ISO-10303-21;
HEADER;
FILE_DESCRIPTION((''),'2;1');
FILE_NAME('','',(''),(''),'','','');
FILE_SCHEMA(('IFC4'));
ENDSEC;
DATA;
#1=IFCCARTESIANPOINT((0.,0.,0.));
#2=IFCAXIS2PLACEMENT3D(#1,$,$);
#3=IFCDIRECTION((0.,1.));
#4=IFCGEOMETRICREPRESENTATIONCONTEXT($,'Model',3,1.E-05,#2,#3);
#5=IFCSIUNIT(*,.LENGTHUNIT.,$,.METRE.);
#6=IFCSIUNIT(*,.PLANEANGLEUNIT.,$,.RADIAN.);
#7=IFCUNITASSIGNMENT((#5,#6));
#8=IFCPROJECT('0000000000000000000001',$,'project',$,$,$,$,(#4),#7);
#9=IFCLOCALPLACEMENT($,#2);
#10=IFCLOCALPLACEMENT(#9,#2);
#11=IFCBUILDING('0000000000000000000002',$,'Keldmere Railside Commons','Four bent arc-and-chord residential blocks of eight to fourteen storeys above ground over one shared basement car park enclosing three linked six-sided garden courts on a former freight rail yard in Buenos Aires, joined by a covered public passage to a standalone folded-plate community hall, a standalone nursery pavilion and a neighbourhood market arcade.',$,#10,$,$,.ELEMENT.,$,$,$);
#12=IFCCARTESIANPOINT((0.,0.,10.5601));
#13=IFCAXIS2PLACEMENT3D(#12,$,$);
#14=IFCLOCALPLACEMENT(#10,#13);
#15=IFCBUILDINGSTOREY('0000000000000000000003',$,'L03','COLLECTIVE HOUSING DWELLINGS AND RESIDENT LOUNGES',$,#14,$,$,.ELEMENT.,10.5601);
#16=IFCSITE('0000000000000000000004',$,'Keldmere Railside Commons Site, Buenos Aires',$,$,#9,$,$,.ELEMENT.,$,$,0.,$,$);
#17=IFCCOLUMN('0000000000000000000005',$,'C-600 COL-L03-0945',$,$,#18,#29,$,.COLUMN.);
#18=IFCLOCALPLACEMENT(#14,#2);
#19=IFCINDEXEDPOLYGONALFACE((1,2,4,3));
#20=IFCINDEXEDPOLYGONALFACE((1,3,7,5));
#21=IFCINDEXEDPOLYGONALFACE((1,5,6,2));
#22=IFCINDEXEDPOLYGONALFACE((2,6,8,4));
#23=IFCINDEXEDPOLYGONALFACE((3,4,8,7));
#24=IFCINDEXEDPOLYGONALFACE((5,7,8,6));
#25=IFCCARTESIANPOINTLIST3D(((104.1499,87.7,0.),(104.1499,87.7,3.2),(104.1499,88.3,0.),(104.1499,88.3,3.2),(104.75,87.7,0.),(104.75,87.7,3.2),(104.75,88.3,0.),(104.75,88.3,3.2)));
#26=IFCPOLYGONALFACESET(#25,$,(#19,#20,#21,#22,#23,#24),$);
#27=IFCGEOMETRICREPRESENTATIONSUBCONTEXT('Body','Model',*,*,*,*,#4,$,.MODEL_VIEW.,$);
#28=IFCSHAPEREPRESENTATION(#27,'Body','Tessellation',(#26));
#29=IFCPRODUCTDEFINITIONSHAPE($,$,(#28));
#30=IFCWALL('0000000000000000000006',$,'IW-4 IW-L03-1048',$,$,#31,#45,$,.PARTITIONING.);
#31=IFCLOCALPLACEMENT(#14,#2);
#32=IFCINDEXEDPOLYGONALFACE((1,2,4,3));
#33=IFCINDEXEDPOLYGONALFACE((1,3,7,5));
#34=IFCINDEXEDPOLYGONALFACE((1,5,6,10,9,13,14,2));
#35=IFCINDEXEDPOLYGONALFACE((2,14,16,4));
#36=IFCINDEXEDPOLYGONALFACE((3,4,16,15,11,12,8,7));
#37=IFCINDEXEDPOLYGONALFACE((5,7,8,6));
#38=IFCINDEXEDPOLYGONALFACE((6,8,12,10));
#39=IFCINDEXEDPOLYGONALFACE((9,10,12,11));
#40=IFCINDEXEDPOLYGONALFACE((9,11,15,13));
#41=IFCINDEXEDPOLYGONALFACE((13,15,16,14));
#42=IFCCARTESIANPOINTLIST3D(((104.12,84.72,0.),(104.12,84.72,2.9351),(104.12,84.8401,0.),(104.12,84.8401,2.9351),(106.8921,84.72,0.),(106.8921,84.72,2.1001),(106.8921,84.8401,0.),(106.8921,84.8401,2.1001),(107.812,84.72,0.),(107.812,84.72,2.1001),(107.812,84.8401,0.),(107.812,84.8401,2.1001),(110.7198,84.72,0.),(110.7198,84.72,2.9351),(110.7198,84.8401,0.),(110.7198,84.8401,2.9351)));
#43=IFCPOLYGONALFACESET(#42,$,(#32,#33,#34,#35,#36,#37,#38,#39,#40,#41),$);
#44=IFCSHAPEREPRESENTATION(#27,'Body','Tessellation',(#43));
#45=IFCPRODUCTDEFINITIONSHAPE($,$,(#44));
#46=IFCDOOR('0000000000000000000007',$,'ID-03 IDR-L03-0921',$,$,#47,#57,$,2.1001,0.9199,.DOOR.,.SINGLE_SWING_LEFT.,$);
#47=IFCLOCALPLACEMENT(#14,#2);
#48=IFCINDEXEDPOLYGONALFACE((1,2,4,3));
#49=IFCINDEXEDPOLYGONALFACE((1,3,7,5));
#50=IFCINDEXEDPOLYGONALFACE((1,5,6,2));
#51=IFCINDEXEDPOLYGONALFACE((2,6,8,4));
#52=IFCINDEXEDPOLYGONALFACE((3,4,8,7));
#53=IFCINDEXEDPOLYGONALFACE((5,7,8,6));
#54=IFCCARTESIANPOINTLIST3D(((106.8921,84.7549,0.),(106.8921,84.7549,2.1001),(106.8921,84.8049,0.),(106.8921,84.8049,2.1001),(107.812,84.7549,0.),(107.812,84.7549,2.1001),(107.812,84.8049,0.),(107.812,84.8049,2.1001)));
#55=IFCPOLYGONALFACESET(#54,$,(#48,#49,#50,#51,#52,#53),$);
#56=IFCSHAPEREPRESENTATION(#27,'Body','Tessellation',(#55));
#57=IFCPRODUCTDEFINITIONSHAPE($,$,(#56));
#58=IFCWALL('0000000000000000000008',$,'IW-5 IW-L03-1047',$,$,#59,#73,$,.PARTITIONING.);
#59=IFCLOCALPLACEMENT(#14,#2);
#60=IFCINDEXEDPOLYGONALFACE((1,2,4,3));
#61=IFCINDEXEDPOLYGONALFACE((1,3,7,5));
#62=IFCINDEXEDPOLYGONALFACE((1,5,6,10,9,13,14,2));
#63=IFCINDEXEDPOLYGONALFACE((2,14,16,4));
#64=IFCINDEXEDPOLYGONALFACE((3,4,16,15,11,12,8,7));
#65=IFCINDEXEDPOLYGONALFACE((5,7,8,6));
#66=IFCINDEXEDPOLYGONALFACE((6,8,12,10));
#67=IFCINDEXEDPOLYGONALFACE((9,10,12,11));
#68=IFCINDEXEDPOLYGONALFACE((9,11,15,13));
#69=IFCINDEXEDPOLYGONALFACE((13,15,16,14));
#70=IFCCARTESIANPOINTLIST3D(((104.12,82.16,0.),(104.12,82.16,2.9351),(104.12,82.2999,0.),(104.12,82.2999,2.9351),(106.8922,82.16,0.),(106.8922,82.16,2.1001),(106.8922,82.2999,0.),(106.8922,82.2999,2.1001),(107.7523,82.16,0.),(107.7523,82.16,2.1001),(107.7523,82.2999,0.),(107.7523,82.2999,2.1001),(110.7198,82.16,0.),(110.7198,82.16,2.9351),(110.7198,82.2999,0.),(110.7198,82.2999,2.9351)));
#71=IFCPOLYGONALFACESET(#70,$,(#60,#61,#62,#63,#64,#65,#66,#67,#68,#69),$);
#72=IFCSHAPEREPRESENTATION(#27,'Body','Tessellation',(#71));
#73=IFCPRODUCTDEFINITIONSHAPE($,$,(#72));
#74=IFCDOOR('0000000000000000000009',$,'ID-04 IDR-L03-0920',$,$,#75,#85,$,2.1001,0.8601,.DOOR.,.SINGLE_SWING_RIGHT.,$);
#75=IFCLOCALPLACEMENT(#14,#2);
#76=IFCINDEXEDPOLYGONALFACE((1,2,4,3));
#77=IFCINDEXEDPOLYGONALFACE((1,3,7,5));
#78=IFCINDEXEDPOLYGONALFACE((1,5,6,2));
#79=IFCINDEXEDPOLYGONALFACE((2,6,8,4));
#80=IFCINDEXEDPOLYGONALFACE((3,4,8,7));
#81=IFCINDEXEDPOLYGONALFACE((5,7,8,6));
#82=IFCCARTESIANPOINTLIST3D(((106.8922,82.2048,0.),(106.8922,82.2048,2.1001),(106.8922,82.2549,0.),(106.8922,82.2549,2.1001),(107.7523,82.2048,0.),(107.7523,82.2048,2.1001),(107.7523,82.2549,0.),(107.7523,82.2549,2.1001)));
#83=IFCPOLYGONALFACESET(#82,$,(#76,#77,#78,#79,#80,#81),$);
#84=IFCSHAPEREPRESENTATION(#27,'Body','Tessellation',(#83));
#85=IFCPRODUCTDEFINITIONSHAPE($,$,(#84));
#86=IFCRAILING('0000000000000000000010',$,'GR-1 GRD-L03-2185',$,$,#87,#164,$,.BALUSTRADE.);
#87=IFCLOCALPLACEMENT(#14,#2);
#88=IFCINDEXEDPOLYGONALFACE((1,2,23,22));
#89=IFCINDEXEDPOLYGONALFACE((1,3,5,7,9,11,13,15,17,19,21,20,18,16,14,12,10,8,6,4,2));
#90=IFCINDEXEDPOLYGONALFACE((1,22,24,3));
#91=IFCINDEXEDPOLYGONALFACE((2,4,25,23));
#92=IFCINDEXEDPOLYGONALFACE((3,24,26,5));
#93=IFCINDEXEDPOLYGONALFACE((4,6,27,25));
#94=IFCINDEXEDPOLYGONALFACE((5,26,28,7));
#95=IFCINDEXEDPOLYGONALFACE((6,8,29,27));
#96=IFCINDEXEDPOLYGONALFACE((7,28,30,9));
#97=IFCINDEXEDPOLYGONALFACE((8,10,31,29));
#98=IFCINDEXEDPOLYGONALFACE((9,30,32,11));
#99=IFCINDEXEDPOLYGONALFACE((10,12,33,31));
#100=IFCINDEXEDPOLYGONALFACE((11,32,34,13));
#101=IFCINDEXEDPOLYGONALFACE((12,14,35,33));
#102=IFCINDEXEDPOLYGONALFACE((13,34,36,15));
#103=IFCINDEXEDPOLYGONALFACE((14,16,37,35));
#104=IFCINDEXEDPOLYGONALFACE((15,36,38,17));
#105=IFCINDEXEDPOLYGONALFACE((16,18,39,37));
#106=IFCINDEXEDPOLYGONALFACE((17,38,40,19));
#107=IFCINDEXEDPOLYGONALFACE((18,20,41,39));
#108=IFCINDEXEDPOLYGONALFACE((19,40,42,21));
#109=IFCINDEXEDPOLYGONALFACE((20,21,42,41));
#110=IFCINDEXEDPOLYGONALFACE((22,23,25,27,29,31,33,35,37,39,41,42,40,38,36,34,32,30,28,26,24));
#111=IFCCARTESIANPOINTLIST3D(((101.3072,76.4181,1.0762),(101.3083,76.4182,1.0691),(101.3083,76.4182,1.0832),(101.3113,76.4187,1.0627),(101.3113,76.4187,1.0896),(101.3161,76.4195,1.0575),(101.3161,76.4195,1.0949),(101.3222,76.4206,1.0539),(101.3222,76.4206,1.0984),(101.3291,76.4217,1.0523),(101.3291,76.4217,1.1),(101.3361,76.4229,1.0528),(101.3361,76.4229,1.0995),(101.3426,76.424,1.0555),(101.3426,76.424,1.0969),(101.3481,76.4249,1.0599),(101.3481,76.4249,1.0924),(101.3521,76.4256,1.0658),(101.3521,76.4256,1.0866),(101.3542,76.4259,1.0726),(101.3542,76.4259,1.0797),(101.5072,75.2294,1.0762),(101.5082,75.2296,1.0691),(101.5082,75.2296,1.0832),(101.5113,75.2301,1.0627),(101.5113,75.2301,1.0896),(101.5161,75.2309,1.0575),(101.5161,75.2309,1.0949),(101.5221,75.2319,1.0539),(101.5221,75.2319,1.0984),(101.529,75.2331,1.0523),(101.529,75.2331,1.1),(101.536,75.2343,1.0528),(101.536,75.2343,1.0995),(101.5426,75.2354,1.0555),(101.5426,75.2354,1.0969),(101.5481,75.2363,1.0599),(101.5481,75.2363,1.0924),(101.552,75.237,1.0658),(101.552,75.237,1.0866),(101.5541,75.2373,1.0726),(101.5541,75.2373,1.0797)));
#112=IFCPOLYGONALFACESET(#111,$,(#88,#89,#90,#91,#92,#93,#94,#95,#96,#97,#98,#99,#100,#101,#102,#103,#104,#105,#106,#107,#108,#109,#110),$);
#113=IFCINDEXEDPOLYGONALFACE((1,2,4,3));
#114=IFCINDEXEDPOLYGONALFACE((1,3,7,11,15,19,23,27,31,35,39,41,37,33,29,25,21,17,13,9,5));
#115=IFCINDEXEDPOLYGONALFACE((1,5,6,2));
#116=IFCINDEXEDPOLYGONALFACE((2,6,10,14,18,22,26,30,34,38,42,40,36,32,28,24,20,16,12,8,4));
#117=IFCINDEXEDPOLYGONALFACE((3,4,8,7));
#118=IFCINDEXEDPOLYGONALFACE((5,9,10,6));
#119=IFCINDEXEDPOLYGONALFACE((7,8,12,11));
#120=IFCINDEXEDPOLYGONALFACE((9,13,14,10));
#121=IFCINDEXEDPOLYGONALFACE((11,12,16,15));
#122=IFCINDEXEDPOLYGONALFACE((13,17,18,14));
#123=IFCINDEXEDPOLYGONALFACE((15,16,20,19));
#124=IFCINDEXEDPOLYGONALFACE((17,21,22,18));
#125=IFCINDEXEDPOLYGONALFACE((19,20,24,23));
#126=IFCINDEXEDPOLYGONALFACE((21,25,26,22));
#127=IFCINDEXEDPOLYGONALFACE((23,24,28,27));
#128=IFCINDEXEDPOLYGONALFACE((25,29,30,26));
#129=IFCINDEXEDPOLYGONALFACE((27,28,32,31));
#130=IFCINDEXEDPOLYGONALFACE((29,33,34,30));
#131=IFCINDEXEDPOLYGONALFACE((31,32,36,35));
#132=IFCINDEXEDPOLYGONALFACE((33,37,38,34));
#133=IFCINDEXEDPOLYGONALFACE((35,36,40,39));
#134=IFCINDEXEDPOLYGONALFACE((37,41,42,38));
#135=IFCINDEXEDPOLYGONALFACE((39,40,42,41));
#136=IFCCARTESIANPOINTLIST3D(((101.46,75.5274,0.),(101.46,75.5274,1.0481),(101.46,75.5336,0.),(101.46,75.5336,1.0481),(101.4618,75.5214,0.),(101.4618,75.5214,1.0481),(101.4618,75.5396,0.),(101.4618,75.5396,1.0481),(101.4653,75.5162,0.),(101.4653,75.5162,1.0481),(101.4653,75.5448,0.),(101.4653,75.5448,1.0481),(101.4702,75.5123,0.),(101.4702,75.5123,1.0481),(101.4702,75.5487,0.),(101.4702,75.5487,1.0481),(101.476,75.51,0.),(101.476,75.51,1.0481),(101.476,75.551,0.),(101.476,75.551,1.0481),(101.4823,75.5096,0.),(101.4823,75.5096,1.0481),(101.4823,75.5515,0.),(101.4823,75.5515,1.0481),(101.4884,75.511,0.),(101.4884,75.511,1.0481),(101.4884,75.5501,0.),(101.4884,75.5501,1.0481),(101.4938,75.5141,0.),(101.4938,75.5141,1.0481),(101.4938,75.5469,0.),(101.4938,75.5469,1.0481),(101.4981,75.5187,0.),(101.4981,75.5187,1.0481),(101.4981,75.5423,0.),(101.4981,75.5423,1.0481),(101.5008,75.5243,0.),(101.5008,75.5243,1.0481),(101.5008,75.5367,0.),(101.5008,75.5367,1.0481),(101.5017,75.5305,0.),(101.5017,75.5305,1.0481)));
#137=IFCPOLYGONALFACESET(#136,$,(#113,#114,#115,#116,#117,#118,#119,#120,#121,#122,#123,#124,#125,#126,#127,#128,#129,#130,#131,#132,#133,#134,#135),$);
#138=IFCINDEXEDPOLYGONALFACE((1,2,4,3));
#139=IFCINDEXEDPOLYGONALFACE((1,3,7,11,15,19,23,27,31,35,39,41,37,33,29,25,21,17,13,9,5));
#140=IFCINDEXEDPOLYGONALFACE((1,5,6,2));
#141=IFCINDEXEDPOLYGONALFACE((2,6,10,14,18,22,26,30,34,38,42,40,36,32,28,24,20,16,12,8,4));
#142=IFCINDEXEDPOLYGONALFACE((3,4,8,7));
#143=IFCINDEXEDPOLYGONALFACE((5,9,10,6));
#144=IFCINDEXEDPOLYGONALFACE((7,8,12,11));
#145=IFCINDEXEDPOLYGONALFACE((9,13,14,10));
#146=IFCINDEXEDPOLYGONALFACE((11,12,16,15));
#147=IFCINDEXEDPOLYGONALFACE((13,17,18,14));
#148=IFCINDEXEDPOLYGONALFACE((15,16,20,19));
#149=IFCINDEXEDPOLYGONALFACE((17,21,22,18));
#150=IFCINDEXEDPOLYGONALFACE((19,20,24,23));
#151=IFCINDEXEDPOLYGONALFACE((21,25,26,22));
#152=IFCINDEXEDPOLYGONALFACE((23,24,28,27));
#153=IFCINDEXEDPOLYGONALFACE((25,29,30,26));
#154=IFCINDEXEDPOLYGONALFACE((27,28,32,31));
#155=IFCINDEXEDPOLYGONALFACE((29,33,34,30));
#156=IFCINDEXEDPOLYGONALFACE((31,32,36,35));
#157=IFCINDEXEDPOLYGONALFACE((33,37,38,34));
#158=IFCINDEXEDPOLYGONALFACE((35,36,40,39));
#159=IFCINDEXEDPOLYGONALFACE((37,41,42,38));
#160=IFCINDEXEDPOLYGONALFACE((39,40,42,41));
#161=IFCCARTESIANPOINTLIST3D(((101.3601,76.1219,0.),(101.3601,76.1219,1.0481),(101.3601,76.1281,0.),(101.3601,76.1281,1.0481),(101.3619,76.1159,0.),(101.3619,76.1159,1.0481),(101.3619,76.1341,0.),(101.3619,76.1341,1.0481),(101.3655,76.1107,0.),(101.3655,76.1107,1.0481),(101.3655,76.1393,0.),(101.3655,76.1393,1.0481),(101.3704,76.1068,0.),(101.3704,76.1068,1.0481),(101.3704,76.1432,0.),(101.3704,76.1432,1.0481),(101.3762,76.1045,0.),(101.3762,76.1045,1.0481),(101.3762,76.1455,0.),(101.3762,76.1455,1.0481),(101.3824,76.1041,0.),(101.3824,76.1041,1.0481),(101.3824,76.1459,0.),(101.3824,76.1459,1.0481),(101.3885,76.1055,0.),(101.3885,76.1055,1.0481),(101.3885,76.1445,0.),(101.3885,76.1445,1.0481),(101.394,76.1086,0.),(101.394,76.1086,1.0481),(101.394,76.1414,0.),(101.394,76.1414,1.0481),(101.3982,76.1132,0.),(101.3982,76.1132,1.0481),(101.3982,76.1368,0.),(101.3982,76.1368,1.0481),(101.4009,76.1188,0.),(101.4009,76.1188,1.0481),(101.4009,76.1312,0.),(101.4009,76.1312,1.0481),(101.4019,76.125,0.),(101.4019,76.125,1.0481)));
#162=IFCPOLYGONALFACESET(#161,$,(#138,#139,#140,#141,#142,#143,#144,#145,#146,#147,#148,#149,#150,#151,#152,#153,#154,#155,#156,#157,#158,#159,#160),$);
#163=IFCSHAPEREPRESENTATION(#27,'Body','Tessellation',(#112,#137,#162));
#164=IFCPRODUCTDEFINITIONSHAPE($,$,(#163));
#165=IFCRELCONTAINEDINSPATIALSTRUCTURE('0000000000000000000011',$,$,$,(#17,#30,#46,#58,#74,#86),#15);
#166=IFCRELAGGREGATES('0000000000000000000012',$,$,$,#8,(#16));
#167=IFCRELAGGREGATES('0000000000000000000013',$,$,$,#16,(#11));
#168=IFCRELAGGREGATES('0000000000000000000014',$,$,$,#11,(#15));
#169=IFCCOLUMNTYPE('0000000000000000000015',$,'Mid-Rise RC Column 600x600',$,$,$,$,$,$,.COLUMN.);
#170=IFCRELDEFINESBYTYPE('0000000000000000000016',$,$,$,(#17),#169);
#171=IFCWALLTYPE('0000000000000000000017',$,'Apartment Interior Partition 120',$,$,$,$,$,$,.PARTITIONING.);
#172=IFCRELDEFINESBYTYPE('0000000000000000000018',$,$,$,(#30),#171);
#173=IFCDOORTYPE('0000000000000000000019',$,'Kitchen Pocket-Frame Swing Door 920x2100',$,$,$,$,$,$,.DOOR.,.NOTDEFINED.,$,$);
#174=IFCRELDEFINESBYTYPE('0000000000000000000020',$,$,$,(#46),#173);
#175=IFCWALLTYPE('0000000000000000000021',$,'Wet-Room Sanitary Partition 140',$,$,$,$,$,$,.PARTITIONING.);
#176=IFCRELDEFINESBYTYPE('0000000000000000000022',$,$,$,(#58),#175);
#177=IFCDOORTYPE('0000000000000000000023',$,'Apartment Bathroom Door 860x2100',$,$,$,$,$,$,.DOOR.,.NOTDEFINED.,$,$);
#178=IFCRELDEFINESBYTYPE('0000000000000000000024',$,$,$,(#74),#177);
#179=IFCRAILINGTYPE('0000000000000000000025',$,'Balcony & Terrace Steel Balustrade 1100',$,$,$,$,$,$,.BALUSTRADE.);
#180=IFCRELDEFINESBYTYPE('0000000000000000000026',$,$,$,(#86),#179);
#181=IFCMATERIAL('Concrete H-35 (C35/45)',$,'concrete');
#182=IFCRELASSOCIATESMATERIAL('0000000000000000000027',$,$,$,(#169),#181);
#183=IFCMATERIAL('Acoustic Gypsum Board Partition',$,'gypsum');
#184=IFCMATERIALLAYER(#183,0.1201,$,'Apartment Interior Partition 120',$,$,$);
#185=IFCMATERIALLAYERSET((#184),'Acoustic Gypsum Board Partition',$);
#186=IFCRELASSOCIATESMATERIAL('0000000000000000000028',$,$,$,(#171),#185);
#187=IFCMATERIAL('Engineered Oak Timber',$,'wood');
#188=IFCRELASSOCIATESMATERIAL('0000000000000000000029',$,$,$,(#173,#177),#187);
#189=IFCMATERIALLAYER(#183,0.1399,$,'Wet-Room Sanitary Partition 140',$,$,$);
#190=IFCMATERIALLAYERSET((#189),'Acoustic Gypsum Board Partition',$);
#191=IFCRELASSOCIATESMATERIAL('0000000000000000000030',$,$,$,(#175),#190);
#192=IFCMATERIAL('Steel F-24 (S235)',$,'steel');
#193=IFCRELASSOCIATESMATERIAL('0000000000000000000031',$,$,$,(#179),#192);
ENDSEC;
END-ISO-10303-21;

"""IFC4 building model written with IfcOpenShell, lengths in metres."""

from ifc_helpers import new_model, si_unit, direction, frame, frame_2d, origin, origin_2d, place, context, subcontext, project, spatial, rectangle, circle, extrude, material, layer, layer_set, material_profile, profile_set, type_object, element, fill, save


model = new_model("IFC4")

# Units and contexts
model_context = context("Model", 3, precision=1e-05, world=origin(), true_north=direction((0.0, 1.0)))
body_context = subcontext(model_context, "Body", "Model", "MODEL_VIEW")
ifc_project = project(units=[si_unit("LENGTHUNIT", "METRE"), si_unit("PLANEANGLEUNIT", "RADIAN")], contexts=[model_context])

# Site, building, storey
site_placement = place(None, origin())
site = spatial("IfcSite", under=ifc_project, at=site_placement, Name="Keldmere Railside Commons Site, Buenos Aires", CompositionType="ELEMENT", RefElevation=0.0)
building_placement = place(site_placement, origin())
building = spatial("IfcBuilding", under=site, at=building_placement, Name="Keldmere Railside Commons", Description="Four bent arc-and-chord residential blocks of eight to fourteen storeys above ground over one shared basement car park enclosing three linked six-sided garden courts on a former freight rail yard in Buenos Aires, joined by a covered public passage to a standalone folded-plate community hall, a standalone nursery pavilion and a neighbourhood market arcade.", CompositionType="ELEMENT")
storey_placement = place(building_placement, frame((0.0, 0.0, 10.5601)))
storey = spatial("IfcBuildingStorey", under=building, at=storey_placement, Name="L03", Description="COLLECTIVE HOUSING DWELLINGS AND RESIDENT LOUNGES", CompositionType="ELEMENT", Elevation=10.5601)

# Column
ifc_material_1 = material(Name="Concrete H-35 (C35/45)", Category="concrete")
ifc_material_profile = material_profile(ifc_material_1, rectangle(XDim=0.6001, YDim=0.6001, at=origin_2d()), Name="RC-600x600")
ifc_profile_set = profile_set([ifc_material_profile], Name="Concrete H-35 (C35/45)")
column_type = type_object("IfcColumnType", Name="Mid-Rise RC Column 600x600", PredefinedType="COLUMN", material=ifc_profile_set)
column_placement = place(storey_placement, frame((104.45, 88.0, 0.0), z_axis=(0.0, 0.0, 1.0), x_axis=(1.0, 0.0, 0.0)))
element("IfcColumn", 1, at=column_placement, inside=storey, type_object=column_type, Name="C-600 COL-L03-0945", PredefinedType="COLUMN", context=body_context, shape_type="SweptSolid", body=[
    extrude(rectangle(XDim=0.6001, YDim=0.6001, at=origin_2d()), origin(), (0.0, 0.0, 1.0), 3.2),
])

# Walls, openings, doors
ifc_material_2 = material(Name="Acoustic Gypsum Board Partition", Category="gypsum")
ifc_layer_1 = layer(ifc_material_2, 0.1201, Name="Apartment Interior Partition 120")
ifc_layer_set_1 = layer_set([ifc_layer_1], Name="Acoustic Gypsum Board Partition")
wall_type_1 = type_object("IfcWallType", Name="Apartment Interior Partition 120", PredefinedType="PARTITIONING", material=ifc_layer_set_1)
wall_1_placement = place(storey_placement, frame((104.1201, 84.78, 0.0), z_axis=(0.0, 0.0, 1.0), x_axis=(1.0, 0.0, 0.0)))
wall_1 = element("IfcWall", 2, at=wall_1_placement, inside=storey, type_object=wall_type_1, Name="IW-4 IW-L03-1048", PredefinedType="PARTITIONING", context=body_context, shape_type="SweptSolid", body=[
    extrude(rectangle(XDim=6.5999, YDim=0.1201, at=frame_2d((3.2998, 0.0))), origin(), (0.0, 0.0, 1.0), 2.9351),
])
opening_1_placement = place(wall_1_placement, frame((2.772, 0.0, 0.0)))
opening_1 = element("IfcOpeningElement", 3, at=opening_1_placement, cuts=wall_1, PredefinedType="OPENING", context=body_context, shape_type="SweptSolid", body=[
    extrude(rectangle(XDim=0.9199, YDim=2.1001, at=frame_2d((0.46, 1.05))), frame((0.0, 0.0701, 0.0), z_axis=(0.0, -1.0, 0.0), x_axis=(1.0, 0.0, 0.0)), (0.0, 0.0, 1.0), 0.1401),
])
ifc_material_3 = material(Name="Engineered Oak Timber", Category="wood")
door_type_1 = type_object("IfcDoorType", Name="Kitchen Pocket-Frame Swing Door 920x2100", OperationType="NOTDEFINED", PredefinedType="DOOR", material=ifc_material_3)
door_1_placement = place(opening_1_placement, origin())
door_1 = element("IfcDoor", 4, at=door_1_placement, inside=storey, type_object=door_type_1, Name="ID-03 IDR-L03-0921", OperationType="SINGLE_SWING_LEFT", OverallHeight=2.1001, OverallWidth=0.9199, PredefinedType="DOOR", context=body_context, shape_type="SweptSolid", body=[
    extrude(rectangle(XDim=0.9199, YDim=2.1001, at=frame_2d((0.46, 1.05))), frame((0.0, 0.0249, 0.0), z_axis=(0.0, -1.0, 0.0), x_axis=(1.0, 0.0, 0.0)), (0.0, 0.0, 1.0), 0.05),
])
fill(opening_1, door_1)
ifc_layer_2 = layer(ifc_material_2, 0.1399, Name="Wet-Room Sanitary Partition 140")
ifc_layer_set_2 = layer_set([ifc_layer_2], Name="Acoustic Gypsum Board Partition")
wall_type_2 = type_object("IfcWallType", Name="Wet-Room Sanitary Partition 140", PredefinedType="PARTITIONING", material=ifc_layer_set_2)
wall_2_placement = place(storey_placement, frame((104.1201, 82.23, 0.0), z_axis=(0.0, 0.0, 1.0), x_axis=(1.0, 0.0, 0.0)))
wall_2 = element("IfcWall", 5, at=wall_2_placement, inside=storey, type_object=wall_type_2, Name="IW-5 IW-L03-1047", PredefinedType="PARTITIONING", context=body_context, shape_type="SweptSolid", body=[
    extrude(rectangle(XDim=6.5999, YDim=0.1399, at=frame_2d((3.2998, 0.0))), origin(), (0.0, 0.0, 1.0), 2.9351),
])
opening_2_placement = place(wall_2_placement, frame((2.772, 0.0, 0.0)))
opening_2 = element("IfcOpeningElement", 6, at=opening_2_placement, cuts=wall_2, PredefinedType="OPENING", context=body_context, shape_type="SweptSolid", body=[
    extrude(rectangle(XDim=0.8601, YDim=2.1001, at=frame_2d((0.4302, 1.05))), frame((0.0, 0.0798, 0.0), z_axis=(0.0, -1.0, 0.0), x_axis=(1.0, 0.0, 0.0)), (0.0, 0.0, 1.0), 0.1599),
])
door_type_2 = type_object("IfcDoorType", Name="Apartment Bathroom Door 860x2100", OperationType="NOTDEFINED", PredefinedType="DOOR", material=ifc_material_3)
door_2_placement = place(opening_2_placement, origin())
door_2 = element("IfcDoor", 7, at=door_2_placement, inside=storey, type_object=door_type_2, Name="ID-04 IDR-L03-0920", OperationType="SINGLE_SWING_RIGHT", OverallHeight=2.1001, OverallWidth=0.8601, PredefinedType="DOOR", context=body_context, shape_type="SweptSolid", body=[
    extrude(rectangle(XDim=0.8601, YDim=2.1001, at=frame_2d((0.4302, 1.05))), frame((0.0, 0.0249, 0.0), z_axis=(0.0, -1.0, 0.0), x_axis=(1.0, 0.0, 0.0)), (0.0, 0.0, 1.0), 0.05),
])
fill(opening_2, door_2)

# Railing
ifc_material_4 = material(Name="Steel F-24 (S235)", Category="steel")
railing_type = type_object("IfcRailingType", Name="Balcony & Terrace Steel Balustrade 1100", PredefinedType="BALUSTRADE", material=ifc_material_4)
railing_1_placement = place(storey_placement, frame((101.5308, 75.2334, 0.0)))
element("IfcRailing", 8, at=railing_1_placement, inside=storey, type_object=railing_type, Name="GR-1 GRD-L03-2185", PredefinedType="BALUSTRADE", context=body_context, shape_type="SweptSolid", body=[
    extrude(circle(Radius=0.0239, at=origin_2d()), frame((0.0, 0.0, 1.0762), z_axis=(-0.165877, 0.986146, 0.0), x_axis=(-0.986146, -0.165877, 0.0)), (0.0, 0.0, 1.0), 1.2053),
    extrude(circle(Radius=0.021, at=origin_2d()), frame((-0.05, 0.2971, 0.0)), (0.0, 0.0, 1.0), 1.0481),
    extrude(circle(Radius=0.021, at=origin_2d()), frame((-0.1499, 0.8916, 0.0)), (0.0, 0.0, 1.0), 1.0481),
])

save(model, "model.ifc")
